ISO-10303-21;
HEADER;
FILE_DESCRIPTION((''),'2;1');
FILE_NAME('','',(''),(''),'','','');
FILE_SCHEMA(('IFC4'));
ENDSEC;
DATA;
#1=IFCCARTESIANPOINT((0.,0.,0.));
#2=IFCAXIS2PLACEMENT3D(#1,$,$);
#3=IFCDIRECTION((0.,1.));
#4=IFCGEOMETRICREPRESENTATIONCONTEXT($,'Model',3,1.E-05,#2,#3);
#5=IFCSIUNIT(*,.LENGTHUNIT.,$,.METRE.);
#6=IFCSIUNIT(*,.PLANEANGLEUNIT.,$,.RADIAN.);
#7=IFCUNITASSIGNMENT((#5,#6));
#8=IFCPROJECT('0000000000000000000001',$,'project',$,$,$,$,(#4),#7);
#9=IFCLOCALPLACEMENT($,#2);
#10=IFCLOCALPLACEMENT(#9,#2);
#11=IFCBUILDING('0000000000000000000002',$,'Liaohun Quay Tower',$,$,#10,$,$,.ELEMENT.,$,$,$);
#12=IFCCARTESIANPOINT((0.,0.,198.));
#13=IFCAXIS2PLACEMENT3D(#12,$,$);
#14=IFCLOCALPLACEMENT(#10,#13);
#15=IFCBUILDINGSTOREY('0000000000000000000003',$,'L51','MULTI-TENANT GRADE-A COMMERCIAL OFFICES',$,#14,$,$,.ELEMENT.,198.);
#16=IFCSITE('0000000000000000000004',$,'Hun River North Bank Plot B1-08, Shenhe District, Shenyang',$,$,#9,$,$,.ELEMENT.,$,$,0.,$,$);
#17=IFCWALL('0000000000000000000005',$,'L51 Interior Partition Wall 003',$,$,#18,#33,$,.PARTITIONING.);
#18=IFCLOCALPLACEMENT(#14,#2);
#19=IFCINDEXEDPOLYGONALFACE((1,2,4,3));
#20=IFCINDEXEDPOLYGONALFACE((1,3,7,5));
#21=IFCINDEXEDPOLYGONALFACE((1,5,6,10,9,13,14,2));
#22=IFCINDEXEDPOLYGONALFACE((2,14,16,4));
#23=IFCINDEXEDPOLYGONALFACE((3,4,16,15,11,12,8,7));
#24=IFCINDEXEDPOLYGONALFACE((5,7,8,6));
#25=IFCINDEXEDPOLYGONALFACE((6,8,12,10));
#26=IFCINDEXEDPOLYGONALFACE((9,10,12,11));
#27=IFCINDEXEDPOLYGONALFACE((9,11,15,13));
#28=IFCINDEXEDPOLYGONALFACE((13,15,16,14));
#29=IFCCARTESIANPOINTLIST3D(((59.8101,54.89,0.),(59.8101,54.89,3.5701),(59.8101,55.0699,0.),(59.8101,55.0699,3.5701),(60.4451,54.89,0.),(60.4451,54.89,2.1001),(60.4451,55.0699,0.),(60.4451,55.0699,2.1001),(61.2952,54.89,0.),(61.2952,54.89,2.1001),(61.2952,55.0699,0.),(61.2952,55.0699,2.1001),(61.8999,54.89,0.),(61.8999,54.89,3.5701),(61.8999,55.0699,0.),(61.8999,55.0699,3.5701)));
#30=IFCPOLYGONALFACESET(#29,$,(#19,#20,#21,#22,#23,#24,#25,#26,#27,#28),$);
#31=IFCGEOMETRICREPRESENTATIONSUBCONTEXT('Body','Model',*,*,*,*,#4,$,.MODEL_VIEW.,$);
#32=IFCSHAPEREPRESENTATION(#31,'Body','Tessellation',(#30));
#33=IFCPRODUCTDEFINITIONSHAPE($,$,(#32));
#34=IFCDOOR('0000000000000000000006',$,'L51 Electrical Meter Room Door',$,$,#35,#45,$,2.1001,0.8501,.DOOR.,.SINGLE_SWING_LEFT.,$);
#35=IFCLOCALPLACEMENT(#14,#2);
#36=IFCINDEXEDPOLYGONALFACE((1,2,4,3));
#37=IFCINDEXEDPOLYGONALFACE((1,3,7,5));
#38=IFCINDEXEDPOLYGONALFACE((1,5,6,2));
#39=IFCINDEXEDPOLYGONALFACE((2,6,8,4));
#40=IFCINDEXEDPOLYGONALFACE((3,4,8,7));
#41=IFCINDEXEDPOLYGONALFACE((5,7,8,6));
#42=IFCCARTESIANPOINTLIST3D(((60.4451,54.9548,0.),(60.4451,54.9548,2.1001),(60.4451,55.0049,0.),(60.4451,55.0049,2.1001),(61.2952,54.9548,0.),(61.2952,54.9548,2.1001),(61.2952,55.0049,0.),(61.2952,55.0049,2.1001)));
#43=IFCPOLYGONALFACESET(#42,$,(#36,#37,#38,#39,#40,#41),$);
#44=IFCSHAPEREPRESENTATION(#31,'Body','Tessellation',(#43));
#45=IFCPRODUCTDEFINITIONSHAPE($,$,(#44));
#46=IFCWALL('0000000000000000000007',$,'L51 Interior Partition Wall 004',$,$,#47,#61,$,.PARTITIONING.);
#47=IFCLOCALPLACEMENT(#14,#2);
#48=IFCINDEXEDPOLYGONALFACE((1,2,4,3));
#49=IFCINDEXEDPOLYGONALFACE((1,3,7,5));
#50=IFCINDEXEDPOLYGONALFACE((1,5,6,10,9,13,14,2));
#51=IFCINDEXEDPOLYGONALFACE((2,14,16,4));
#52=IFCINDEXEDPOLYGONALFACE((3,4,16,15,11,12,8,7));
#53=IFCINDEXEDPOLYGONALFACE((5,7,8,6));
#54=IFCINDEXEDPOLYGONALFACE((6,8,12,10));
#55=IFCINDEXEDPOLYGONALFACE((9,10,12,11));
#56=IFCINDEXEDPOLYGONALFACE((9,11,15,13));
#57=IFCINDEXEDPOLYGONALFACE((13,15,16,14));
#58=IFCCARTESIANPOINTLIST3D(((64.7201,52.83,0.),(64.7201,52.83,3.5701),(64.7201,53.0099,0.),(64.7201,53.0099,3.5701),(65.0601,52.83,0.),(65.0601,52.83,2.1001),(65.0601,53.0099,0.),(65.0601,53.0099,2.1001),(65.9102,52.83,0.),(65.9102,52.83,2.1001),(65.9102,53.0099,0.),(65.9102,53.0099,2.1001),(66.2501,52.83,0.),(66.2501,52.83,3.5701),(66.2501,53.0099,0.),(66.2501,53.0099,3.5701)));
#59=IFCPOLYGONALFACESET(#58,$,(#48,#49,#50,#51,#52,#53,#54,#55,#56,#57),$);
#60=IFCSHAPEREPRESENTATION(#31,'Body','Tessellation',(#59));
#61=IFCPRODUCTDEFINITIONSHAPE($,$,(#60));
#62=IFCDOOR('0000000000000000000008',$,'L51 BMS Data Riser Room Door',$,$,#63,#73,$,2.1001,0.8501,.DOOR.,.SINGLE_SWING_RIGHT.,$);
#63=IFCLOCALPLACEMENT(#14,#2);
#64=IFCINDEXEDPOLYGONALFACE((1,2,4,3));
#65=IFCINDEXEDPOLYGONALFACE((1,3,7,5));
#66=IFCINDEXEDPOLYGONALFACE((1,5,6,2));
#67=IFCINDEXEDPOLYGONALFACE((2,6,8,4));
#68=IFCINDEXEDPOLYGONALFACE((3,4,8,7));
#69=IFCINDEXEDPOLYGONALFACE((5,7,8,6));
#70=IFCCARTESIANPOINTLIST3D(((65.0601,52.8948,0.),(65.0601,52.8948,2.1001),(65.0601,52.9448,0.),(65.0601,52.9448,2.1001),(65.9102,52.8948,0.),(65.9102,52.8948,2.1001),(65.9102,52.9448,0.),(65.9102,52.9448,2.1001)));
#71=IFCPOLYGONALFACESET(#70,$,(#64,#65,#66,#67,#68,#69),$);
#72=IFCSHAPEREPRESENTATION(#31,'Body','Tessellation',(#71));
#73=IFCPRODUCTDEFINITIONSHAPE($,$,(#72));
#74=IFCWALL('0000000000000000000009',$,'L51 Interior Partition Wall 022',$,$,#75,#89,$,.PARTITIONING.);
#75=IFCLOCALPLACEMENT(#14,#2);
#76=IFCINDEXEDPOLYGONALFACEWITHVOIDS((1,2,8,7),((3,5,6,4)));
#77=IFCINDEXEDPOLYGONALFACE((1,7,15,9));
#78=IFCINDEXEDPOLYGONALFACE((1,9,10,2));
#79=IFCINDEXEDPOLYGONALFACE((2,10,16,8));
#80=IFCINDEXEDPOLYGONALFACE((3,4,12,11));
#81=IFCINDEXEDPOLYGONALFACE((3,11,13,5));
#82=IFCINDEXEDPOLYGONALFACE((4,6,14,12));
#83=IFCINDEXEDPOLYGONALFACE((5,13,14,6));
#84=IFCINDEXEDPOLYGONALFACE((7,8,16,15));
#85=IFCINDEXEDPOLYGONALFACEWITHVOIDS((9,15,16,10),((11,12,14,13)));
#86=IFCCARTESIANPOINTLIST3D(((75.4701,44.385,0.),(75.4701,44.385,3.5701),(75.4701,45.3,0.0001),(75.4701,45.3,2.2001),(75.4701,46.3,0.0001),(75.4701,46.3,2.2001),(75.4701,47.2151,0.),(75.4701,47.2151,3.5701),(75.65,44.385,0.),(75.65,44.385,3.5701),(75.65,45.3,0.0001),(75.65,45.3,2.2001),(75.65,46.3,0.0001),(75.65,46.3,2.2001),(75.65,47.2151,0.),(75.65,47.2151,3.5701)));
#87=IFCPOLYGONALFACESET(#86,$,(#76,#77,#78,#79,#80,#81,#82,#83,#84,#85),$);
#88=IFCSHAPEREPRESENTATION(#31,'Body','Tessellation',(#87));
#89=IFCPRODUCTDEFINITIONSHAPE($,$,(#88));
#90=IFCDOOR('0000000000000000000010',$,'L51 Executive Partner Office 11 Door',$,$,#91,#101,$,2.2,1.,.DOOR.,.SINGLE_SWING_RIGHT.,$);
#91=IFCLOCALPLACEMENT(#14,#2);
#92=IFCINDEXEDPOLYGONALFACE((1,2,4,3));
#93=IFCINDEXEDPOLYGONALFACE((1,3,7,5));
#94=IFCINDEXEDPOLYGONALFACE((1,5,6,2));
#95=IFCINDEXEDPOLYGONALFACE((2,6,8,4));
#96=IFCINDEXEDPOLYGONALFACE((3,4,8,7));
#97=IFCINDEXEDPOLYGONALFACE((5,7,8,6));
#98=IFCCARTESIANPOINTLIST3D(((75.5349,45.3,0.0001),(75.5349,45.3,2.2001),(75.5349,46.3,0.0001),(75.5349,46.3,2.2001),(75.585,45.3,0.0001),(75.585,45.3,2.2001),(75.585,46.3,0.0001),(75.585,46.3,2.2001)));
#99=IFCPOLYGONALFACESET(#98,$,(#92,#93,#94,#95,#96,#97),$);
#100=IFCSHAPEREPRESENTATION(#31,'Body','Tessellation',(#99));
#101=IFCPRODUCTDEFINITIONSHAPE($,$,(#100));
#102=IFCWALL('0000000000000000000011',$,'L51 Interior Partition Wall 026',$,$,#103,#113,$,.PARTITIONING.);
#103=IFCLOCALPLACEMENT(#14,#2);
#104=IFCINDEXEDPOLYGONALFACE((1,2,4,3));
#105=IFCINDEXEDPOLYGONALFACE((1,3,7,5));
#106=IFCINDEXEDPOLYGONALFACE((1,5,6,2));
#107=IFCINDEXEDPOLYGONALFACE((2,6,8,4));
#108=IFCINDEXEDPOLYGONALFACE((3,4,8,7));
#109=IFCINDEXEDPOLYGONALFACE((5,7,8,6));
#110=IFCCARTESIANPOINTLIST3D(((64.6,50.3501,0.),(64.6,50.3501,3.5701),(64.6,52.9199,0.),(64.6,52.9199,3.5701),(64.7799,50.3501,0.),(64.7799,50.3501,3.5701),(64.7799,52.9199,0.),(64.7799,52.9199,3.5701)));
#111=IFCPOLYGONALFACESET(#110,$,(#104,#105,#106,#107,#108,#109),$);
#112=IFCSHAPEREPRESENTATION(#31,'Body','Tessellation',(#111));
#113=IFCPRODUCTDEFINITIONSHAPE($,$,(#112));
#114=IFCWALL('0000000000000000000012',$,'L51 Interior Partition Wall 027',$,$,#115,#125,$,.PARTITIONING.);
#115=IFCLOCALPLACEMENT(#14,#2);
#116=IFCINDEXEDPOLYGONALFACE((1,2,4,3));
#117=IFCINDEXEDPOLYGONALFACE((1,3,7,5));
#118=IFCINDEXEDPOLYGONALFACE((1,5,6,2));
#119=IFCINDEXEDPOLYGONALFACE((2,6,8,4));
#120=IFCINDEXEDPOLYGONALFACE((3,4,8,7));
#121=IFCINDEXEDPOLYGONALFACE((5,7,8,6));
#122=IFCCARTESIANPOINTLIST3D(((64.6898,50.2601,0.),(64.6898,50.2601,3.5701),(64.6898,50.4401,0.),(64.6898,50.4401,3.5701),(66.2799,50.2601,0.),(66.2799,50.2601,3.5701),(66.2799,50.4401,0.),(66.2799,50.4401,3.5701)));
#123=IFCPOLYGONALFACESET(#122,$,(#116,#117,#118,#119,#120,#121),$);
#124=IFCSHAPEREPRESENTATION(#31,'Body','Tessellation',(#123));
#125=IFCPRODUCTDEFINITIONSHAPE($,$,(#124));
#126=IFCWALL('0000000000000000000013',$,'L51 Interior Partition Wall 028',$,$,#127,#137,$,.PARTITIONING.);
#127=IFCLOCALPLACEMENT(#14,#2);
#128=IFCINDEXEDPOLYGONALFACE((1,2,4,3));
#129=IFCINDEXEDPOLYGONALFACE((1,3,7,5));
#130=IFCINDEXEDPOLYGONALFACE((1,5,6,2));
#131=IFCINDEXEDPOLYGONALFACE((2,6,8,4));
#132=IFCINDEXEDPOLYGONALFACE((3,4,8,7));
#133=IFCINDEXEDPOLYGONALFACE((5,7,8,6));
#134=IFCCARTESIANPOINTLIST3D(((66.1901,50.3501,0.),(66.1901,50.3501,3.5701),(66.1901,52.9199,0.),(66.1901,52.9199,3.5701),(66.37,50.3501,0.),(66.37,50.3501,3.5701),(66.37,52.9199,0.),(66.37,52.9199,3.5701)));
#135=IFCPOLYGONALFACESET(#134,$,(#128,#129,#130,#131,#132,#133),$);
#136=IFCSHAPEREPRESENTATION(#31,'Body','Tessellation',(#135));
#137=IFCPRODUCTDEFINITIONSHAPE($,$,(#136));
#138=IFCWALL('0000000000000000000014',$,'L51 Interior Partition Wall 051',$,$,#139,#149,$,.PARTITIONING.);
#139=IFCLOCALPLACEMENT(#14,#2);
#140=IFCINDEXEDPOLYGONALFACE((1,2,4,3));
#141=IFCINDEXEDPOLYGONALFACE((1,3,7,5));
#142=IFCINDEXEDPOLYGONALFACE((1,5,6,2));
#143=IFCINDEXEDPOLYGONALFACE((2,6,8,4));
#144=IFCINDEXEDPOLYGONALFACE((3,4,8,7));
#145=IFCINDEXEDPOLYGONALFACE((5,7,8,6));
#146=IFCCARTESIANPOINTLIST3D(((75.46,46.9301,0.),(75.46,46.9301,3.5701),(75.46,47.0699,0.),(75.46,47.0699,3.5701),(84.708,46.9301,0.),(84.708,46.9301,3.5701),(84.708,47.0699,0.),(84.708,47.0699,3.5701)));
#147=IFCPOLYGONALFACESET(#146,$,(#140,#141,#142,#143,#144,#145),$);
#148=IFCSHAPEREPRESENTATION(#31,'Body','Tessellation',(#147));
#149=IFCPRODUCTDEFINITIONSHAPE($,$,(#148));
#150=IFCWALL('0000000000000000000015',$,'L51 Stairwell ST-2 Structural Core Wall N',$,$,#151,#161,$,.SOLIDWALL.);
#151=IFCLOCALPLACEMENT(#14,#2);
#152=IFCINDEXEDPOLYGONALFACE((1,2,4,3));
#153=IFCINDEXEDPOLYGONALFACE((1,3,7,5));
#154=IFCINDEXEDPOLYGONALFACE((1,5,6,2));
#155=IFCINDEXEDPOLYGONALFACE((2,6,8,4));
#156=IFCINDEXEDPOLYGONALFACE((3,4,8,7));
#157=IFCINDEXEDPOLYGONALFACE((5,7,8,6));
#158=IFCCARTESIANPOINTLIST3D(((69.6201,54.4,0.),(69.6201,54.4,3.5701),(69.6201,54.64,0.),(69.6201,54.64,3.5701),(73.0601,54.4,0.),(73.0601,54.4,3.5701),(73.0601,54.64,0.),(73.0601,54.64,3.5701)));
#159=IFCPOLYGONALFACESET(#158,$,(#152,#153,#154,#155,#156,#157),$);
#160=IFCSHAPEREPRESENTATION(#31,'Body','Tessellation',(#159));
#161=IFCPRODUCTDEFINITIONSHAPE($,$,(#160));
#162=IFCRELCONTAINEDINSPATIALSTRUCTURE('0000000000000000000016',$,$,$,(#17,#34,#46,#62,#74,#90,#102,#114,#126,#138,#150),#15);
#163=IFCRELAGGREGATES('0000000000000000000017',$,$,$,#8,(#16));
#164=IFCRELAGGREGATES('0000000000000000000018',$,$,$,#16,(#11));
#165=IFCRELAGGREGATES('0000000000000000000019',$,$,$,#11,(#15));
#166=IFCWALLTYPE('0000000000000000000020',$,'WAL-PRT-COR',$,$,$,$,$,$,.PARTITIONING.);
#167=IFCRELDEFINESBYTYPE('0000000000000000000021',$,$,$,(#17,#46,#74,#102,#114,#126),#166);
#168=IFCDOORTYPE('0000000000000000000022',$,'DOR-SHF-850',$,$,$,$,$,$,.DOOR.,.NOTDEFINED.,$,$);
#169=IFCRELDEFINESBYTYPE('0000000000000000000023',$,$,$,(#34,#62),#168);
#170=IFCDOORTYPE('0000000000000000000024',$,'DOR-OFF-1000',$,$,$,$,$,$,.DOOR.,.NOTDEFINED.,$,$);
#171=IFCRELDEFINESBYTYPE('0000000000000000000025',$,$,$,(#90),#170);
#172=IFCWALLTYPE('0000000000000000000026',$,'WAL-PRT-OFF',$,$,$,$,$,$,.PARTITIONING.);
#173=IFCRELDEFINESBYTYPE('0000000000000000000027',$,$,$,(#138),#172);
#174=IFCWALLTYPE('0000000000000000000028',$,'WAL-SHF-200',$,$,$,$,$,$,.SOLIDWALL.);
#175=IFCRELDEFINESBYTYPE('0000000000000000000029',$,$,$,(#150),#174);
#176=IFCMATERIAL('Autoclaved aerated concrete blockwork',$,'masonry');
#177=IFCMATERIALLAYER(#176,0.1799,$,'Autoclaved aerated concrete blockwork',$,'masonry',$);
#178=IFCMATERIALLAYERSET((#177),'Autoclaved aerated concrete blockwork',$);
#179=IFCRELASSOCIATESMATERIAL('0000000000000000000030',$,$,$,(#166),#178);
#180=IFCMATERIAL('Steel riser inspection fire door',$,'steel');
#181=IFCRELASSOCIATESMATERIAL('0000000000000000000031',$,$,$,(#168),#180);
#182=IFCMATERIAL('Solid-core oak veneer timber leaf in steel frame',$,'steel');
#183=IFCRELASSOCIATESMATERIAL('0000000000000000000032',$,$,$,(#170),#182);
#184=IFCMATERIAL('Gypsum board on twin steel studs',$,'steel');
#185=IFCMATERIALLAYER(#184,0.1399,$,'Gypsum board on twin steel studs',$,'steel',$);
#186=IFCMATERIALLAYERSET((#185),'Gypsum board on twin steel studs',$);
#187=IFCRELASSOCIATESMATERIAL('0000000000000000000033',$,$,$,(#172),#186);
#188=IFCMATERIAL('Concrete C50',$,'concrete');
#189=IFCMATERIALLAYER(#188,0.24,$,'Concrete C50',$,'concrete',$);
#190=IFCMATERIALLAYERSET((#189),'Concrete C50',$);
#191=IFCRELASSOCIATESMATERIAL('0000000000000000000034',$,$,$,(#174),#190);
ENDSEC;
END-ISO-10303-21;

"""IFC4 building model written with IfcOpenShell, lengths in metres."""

from ifc_helpers import new_model, si_unit, direction, frame, frame_2d, origin, place, context, subcontext, project, spatial, rectangle, extrude, source, transform, mapped, material, layer, layer_set, type_object, element, fill, save


model = new_model("IFC4")

# Units and contexts
model_context = context("Model", 3, precision=1e-05, world=origin(), true_north=direction((0.0, 1.0)))
body_context = subcontext(model_context, "Body", "Model", "MODEL_VIEW")
ifc_project = project(units=[si_unit("LENGTHUNIT", "METRE"), si_unit("PLANEANGLEUNIT", "RADIAN")], contexts=[model_context])

# Site, building, storey
site_placement = place(None, origin())
site = spatial("IfcSite", under=ifc_project, at=site_placement, Name="Hun River North Bank Plot B1-08, Shenhe District, Shenyang", CompositionType="ELEMENT", RefElevation=0.0)
building_placement = place(site_placement, origin())
building = spatial("IfcBuilding", under=site, at=building_placement, Name="Liaohun Quay Tower", CompositionType="ELEMENT")
storey_placement = place(building_placement, frame((0.0, 0.0, 198.0)))
storey = spatial("IfcBuildingStorey", under=building, at=storey_placement, Name="L51", Description="MULTI-TENANT GRADE-A COMMERCIAL OFFICES", CompositionType="ELEMENT", Elevation=198.0)

# Walls, openings, doors
ifc_material_1 = material(Name="Autoclaved aerated concrete blockwork", Category="masonry")
ifc_layer_1 = layer(ifc_material_1, 0.1799, Name="Autoclaved aerated concrete blockwork", Category="masonry")
ifc_layer_set_1 = layer_set([ifc_layer_1], Name="Autoclaved aerated concrete blockwork")
wall_type_1 = type_object("IfcWallType", Name="WAL-PRT-COR", PredefinedType="PARTITIONING", material=ifc_layer_set_1)
wall_1_placement = place(storey_placement, frame((59.8101, 54.98, 0.0), z_axis=(0.0, 0.0, 1.0), x_axis=(1.0, 0.0, 0.0)))
wall_1 = element("IfcWall", 1, at=wall_1_placement, inside=storey, type_object=wall_type_1, Name="L51 Interior Partition Wall 003", PredefinedType="PARTITIONING", context=body_context, shape_type="SweptSolid", body=[
    extrude(rectangle(XDim=2.0898, YDim=0.1799, at=frame_2d((1.0449, 0.0))), origin(), (0.0, 0.0, 1.0), 3.5701),
])
shared_shape_1 = source(origin(), body_context, "Body", "SweptSolid", [
    extrude(rectangle(XDim=0.8501, YDim=2.1001, at=frame_2d((0.425, 1.05))), frame((0.0, 0.0999, 0.0), z_axis=(0.0, -1.0, 0.0), x_axis=(1.0, 0.0, 0.0)), (0.0, 0.0, 1.0), 0.2),
])
opening_1_placement = place(wall_1_placement, frame((0.635, 0.0, 0.0)))
opening_1 = element("IfcOpeningElement", 2, at=opening_1_placement, cuts=wall_1, PredefinedType="OPENING", context=body_context, shape_type="MappedRepresentation", body=[
    mapped(shared_shape_1, transform((0.0, 0.0, 0.0), x_axis=(1.0, 0.0, 0.0), y_axis=(0.0, 1.0, 0.0), z_axis=(0.0, 0.0, 1.0), scale=1.0)),
])
ifc_material_2 = material(Name="Steel riser inspection fire door", Category="steel")
door_type_1 = type_object("IfcDoorType", Name="DOR-SHF-850", OperationType="NOTDEFINED", PredefinedType="DOOR", material=ifc_material_2)
shared_shape_2 = source(origin(), body_context, "Body", "SweptSolid", [
    extrude(rectangle(XDim=0.8501, YDim=2.1001, at=frame_2d((0.425, 1.05))), frame((0.0, 0.0249, 0.0), z_axis=(0.0, -1.0, 0.0), x_axis=(1.0, 0.0, 0.0)), (0.0, 0.0, 1.0), 0.05),
])
door_1_placement = place(opening_1_placement, origin())
door_1 = element("IfcDoor", 3, at=door_1_placement, inside=storey, type_object=door_type_1, Name="L51 Electrical Meter Room Door", OperationType="SINGLE_SWING_LEFT", OverallHeight=2.1001, OverallWidth=0.8501, PredefinedType="DOOR", context=body_context, shape_type="MappedRepresentation", body=[
    mapped(shared_shape_2, transform((0.0, 0.0, 0.0), x_axis=(1.0, 0.0, 0.0), y_axis=(0.0, 1.0, 0.0), z_axis=(0.0, 0.0, 1.0), scale=1.0)),
])
fill(opening_1, door_1)
wall_2_placement = place(storey_placement, frame((64.72, 52.9199, 0.0), z_axis=(0.0, 0.0, 1.0), x_axis=(1.0, 0.0, 0.0)))
wall_2 = element("IfcWall", 4, at=wall_2_placement, inside=storey, type_object=wall_type_1, Name="L51 Interior Partition Wall 004", PredefinedType="PARTITIONING", context=body_context, shape_type="SweptSolid", body=[
    extrude(rectangle(XDim=1.53, YDim=0.1799, at=frame_2d((0.7651, 0.0))), origin(), (0.0, 0.0, 1.0), 3.5701),
])
opening_2_placement = place(wall_2_placement, frame((0.3401, 0.0, 0.0)))
opening_2 = element("IfcOpeningElement", 5, at=opening_2_placement, cuts=wall_2, PredefinedType="OPENING", context=body_context, shape_type="MappedRepresentation", body=[
    mapped(shared_shape_1, transform((0.0, 0.0, 0.0), x_axis=(1.0, 0.0, 0.0), y_axis=(0.0, 1.0, 0.0), z_axis=(0.0, 0.0, 1.0), scale=1.0)),
])
door_2_placement = place(opening_2_placement, origin())
door_2 = element("IfcDoor", 6, at=door_2_placement, inside=storey, type_object=door_type_1, Name="L51 BMS Data Riser Room Door", OperationType="SINGLE_SWING_RIGHT", OverallHeight=2.1001, OverallWidth=0.8501, PredefinedType="DOOR", context=body_context, shape_type="MappedRepresentation", body=[
    mapped(shared_shape_2, transform((0.0, 0.0, 0.0), x_axis=(1.0, 0.0, 0.0), y_axis=(0.0, 1.0, 0.0), z_axis=(0.0, 0.0, 1.0), scale=1.0)),
])
fill(opening_2, door_2)
wall_3_placement = place(storey_placement, frame((75.5601, 47.2151, 0.0), z_axis=(0.0, 0.0, 1.0), x_axis=(0.0, -1.0, 0.0)))
wall_3 = element("IfcWall", 7, at=wall_3_placement, inside=storey, type_object=wall_type_1, Name="L51 Interior Partition Wall 022", PredefinedType="PARTITIONING", context=body_context, shape_type="SweptSolid", body=[
    extrude(rectangle(XDim=2.8301, YDim=0.1799, at=frame_2d((1.415, 0.0))), origin(), (0.0, 0.0, 1.0), 3.5701),
])
shared_shape_3 = source(origin(), body_context, "Body", "SweptSolid", [
    extrude(rectangle(XDim=1.0, YDim=2.2, at=frame_2d((0.5, 1.1001))), frame((0.0, 0.0999, 0.0), z_axis=(0.0, -1.0, 0.0), x_axis=(1.0, 0.0, 0.0)), (0.0, 0.0, 1.0), 0.2),
])
opening_3_placement = place(wall_3_placement, frame((0.915, 0.0, 0.0)))
opening_3 = element("IfcOpeningElement", 8, at=opening_3_placement, cuts=wall_3, PredefinedType="OPENING", context=body_context, shape_type="MappedRepresentation", body=[
    mapped(shared_shape_3, transform((0.0, 0.0, 0.0), x_axis=(1.0, 0.0, 0.0), y_axis=(0.0, 1.0, 0.0), z_axis=(0.0, 0.0, 1.0), scale=1.0)),
])
ifc_material_3 = material(Name="Solid-core oak veneer timber leaf in steel frame", Category="steel")
door_type_2 = type_object("IfcDoorType", Name="DOR-OFF-1000", OperationType="NOTDEFINED", PredefinedType="DOOR", material=ifc_material_3)
shared_shape_4 = source(origin(), body_context, "Body", "SweptSolid", [
    extrude(rectangle(XDim=1.0, YDim=2.2, at=frame_2d((0.5, 1.1001))), frame((0.0, 0.0249, 0.0), z_axis=(0.0, -1.0, 0.0), x_axis=(1.0, 0.0, 0.0)), (0.0, 0.0, 1.0), 0.05),
])
door_3_placement = place(opening_3_placement, origin())
door_3 = element("IfcDoor", 9, at=door_3_placement, inside=storey, type_object=door_type_2, Name="L51 Executive Partner Office 11 Door", OperationType="SINGLE_SWING_RIGHT", OverallHeight=2.2, OverallWidth=1.0, PredefinedType="DOOR", context=body_context, shape_type="MappedRepresentation", body=[
    mapped(shared_shape_4, transform((0.0, 0.0, 0.0), x_axis=(1.0, 0.0, 0.0), y_axis=(0.0, 1.0, 0.0), z_axis=(0.0, 0.0, 1.0), scale=1.0)),
])
fill(opening_3, door_3)

# Walls
wall_4_placement = place(storey_placement, frame((64.6899, 50.3501, 0.0), z_axis=(0.0, 0.0, 1.0), x_axis=(0.0, 1.0, 0.0)))
element("IfcWall", 10, at=wall_4_placement, inside=storey, type_object=wall_type_1, Name="L51 Interior Partition Wall 026", PredefinedType="PARTITIONING", context=body_context, shape_type="SweptSolid", body=[
    extrude(rectangle(XDim=2.5698, YDim=0.1799, at=frame_2d((1.2849, 0.0))), origin(), (0.0, 0.0, 1.0), 3.5701),
])
wall_5_placement = place(storey_placement, frame((64.6899, 50.3501, 0.0), z_axis=(0.0, 0.0, 1.0), x_axis=(1.0, 0.0, 0.0)))
element("IfcWall", 11, at=wall_5_placement, inside=storey, type_object=wall_type_1, Name="L51 Interior Partition Wall 027", PredefinedType="PARTITIONING", context=body_context, shape_type="SweptSolid", body=[
    extrude(rectangle(XDim=1.5901, YDim=0.1799, at=frame_2d((0.7949, 0.0))), origin(), (0.0, 0.0, 1.0), 3.5701),
])
wall_6_placement = place(storey_placement, frame((66.28, 50.3501, 0.0), z_axis=(0.0, 0.0, 1.0), x_axis=(0.0, 1.0, 0.0)))
element("IfcWall", 12, at=wall_6_placement, inside=storey, type_object=wall_type_1, Name="L51 Interior Partition Wall 028", PredefinedType="PARTITIONING", context=body_context, shape_type="SweptSolid", body=[
    extrude(rectangle(XDim=2.5698, YDim=0.1799, at=frame_2d((1.2849, 0.0))), origin(), (0.0, 0.0, 1.0), 3.5701),
])
ifc_material_4 = material(Name="Gypsum board on twin steel studs", Category="steel")
ifc_layer_2 = layer(ifc_material_4, 0.1399, Name="Gypsum board on twin steel studs", Category="steel")
ifc_layer_set_2 = layer_set([ifc_layer_2], Name="Gypsum board on twin steel studs")
wall_type_2 = type_object("IfcWallType", Name="WAL-PRT-OFF", PredefinedType="PARTITIONING", material=ifc_layer_set_2)
wall_7_placement = place(storey_placement, frame((75.46, 47.0, 0.0), z_axis=(0.0, 0.0, 1.0), x_axis=(1.0, 0.0, 0.0)))
element("IfcWall", 13, at=wall_7_placement, inside=storey, type_object=wall_type_2, Name="L51 Interior Partition Wall 051", PredefinedType="PARTITIONING", context=body_context, shape_type="SweptSolid", body=[
    extrude(rectangle(XDim=9.248, YDim=0.1399, at=frame_2d((4.624, 0.0))), origin(), (0.0, 0.0, 1.0), 3.5701),
])
ifc_material_5 = material(Name="Concrete C50", Category="concrete")
ifc_layer_3 = layer(ifc_material_5, 0.24, Name="Concrete C50", Category="concrete")
ifc_layer_set_3 = layer_set([ifc_layer_3], Name="Concrete C50")
wall_type_3 = type_object("IfcWallType", Name="WAL-SHF-200", PredefinedType="SOLIDWALL", material=ifc_layer_set_3)
wall_8_placement = place(storey_placement, frame((73.0601, 54.52, 0.0), z_axis=(0.0, 0.0, 1.0), x_axis=(-1.0, 0.0, 0.0)))
element("IfcWall", 14, at=wall_8_placement, inside=storey, type_object=wall_type_3, Name="L51 Stairwell ST-2 Structural Core Wall N", PredefinedType="SOLIDWALL", context=body_context, shape_type="SweptSolid", body=[
    extrude(rectangle(XDim=3.4399, YDim=0.24, at=frame_2d((1.72, 0.0))), origin(), (0.0, 0.0, 1.0), 3.5701),
])

save(model, "model.ifc")
